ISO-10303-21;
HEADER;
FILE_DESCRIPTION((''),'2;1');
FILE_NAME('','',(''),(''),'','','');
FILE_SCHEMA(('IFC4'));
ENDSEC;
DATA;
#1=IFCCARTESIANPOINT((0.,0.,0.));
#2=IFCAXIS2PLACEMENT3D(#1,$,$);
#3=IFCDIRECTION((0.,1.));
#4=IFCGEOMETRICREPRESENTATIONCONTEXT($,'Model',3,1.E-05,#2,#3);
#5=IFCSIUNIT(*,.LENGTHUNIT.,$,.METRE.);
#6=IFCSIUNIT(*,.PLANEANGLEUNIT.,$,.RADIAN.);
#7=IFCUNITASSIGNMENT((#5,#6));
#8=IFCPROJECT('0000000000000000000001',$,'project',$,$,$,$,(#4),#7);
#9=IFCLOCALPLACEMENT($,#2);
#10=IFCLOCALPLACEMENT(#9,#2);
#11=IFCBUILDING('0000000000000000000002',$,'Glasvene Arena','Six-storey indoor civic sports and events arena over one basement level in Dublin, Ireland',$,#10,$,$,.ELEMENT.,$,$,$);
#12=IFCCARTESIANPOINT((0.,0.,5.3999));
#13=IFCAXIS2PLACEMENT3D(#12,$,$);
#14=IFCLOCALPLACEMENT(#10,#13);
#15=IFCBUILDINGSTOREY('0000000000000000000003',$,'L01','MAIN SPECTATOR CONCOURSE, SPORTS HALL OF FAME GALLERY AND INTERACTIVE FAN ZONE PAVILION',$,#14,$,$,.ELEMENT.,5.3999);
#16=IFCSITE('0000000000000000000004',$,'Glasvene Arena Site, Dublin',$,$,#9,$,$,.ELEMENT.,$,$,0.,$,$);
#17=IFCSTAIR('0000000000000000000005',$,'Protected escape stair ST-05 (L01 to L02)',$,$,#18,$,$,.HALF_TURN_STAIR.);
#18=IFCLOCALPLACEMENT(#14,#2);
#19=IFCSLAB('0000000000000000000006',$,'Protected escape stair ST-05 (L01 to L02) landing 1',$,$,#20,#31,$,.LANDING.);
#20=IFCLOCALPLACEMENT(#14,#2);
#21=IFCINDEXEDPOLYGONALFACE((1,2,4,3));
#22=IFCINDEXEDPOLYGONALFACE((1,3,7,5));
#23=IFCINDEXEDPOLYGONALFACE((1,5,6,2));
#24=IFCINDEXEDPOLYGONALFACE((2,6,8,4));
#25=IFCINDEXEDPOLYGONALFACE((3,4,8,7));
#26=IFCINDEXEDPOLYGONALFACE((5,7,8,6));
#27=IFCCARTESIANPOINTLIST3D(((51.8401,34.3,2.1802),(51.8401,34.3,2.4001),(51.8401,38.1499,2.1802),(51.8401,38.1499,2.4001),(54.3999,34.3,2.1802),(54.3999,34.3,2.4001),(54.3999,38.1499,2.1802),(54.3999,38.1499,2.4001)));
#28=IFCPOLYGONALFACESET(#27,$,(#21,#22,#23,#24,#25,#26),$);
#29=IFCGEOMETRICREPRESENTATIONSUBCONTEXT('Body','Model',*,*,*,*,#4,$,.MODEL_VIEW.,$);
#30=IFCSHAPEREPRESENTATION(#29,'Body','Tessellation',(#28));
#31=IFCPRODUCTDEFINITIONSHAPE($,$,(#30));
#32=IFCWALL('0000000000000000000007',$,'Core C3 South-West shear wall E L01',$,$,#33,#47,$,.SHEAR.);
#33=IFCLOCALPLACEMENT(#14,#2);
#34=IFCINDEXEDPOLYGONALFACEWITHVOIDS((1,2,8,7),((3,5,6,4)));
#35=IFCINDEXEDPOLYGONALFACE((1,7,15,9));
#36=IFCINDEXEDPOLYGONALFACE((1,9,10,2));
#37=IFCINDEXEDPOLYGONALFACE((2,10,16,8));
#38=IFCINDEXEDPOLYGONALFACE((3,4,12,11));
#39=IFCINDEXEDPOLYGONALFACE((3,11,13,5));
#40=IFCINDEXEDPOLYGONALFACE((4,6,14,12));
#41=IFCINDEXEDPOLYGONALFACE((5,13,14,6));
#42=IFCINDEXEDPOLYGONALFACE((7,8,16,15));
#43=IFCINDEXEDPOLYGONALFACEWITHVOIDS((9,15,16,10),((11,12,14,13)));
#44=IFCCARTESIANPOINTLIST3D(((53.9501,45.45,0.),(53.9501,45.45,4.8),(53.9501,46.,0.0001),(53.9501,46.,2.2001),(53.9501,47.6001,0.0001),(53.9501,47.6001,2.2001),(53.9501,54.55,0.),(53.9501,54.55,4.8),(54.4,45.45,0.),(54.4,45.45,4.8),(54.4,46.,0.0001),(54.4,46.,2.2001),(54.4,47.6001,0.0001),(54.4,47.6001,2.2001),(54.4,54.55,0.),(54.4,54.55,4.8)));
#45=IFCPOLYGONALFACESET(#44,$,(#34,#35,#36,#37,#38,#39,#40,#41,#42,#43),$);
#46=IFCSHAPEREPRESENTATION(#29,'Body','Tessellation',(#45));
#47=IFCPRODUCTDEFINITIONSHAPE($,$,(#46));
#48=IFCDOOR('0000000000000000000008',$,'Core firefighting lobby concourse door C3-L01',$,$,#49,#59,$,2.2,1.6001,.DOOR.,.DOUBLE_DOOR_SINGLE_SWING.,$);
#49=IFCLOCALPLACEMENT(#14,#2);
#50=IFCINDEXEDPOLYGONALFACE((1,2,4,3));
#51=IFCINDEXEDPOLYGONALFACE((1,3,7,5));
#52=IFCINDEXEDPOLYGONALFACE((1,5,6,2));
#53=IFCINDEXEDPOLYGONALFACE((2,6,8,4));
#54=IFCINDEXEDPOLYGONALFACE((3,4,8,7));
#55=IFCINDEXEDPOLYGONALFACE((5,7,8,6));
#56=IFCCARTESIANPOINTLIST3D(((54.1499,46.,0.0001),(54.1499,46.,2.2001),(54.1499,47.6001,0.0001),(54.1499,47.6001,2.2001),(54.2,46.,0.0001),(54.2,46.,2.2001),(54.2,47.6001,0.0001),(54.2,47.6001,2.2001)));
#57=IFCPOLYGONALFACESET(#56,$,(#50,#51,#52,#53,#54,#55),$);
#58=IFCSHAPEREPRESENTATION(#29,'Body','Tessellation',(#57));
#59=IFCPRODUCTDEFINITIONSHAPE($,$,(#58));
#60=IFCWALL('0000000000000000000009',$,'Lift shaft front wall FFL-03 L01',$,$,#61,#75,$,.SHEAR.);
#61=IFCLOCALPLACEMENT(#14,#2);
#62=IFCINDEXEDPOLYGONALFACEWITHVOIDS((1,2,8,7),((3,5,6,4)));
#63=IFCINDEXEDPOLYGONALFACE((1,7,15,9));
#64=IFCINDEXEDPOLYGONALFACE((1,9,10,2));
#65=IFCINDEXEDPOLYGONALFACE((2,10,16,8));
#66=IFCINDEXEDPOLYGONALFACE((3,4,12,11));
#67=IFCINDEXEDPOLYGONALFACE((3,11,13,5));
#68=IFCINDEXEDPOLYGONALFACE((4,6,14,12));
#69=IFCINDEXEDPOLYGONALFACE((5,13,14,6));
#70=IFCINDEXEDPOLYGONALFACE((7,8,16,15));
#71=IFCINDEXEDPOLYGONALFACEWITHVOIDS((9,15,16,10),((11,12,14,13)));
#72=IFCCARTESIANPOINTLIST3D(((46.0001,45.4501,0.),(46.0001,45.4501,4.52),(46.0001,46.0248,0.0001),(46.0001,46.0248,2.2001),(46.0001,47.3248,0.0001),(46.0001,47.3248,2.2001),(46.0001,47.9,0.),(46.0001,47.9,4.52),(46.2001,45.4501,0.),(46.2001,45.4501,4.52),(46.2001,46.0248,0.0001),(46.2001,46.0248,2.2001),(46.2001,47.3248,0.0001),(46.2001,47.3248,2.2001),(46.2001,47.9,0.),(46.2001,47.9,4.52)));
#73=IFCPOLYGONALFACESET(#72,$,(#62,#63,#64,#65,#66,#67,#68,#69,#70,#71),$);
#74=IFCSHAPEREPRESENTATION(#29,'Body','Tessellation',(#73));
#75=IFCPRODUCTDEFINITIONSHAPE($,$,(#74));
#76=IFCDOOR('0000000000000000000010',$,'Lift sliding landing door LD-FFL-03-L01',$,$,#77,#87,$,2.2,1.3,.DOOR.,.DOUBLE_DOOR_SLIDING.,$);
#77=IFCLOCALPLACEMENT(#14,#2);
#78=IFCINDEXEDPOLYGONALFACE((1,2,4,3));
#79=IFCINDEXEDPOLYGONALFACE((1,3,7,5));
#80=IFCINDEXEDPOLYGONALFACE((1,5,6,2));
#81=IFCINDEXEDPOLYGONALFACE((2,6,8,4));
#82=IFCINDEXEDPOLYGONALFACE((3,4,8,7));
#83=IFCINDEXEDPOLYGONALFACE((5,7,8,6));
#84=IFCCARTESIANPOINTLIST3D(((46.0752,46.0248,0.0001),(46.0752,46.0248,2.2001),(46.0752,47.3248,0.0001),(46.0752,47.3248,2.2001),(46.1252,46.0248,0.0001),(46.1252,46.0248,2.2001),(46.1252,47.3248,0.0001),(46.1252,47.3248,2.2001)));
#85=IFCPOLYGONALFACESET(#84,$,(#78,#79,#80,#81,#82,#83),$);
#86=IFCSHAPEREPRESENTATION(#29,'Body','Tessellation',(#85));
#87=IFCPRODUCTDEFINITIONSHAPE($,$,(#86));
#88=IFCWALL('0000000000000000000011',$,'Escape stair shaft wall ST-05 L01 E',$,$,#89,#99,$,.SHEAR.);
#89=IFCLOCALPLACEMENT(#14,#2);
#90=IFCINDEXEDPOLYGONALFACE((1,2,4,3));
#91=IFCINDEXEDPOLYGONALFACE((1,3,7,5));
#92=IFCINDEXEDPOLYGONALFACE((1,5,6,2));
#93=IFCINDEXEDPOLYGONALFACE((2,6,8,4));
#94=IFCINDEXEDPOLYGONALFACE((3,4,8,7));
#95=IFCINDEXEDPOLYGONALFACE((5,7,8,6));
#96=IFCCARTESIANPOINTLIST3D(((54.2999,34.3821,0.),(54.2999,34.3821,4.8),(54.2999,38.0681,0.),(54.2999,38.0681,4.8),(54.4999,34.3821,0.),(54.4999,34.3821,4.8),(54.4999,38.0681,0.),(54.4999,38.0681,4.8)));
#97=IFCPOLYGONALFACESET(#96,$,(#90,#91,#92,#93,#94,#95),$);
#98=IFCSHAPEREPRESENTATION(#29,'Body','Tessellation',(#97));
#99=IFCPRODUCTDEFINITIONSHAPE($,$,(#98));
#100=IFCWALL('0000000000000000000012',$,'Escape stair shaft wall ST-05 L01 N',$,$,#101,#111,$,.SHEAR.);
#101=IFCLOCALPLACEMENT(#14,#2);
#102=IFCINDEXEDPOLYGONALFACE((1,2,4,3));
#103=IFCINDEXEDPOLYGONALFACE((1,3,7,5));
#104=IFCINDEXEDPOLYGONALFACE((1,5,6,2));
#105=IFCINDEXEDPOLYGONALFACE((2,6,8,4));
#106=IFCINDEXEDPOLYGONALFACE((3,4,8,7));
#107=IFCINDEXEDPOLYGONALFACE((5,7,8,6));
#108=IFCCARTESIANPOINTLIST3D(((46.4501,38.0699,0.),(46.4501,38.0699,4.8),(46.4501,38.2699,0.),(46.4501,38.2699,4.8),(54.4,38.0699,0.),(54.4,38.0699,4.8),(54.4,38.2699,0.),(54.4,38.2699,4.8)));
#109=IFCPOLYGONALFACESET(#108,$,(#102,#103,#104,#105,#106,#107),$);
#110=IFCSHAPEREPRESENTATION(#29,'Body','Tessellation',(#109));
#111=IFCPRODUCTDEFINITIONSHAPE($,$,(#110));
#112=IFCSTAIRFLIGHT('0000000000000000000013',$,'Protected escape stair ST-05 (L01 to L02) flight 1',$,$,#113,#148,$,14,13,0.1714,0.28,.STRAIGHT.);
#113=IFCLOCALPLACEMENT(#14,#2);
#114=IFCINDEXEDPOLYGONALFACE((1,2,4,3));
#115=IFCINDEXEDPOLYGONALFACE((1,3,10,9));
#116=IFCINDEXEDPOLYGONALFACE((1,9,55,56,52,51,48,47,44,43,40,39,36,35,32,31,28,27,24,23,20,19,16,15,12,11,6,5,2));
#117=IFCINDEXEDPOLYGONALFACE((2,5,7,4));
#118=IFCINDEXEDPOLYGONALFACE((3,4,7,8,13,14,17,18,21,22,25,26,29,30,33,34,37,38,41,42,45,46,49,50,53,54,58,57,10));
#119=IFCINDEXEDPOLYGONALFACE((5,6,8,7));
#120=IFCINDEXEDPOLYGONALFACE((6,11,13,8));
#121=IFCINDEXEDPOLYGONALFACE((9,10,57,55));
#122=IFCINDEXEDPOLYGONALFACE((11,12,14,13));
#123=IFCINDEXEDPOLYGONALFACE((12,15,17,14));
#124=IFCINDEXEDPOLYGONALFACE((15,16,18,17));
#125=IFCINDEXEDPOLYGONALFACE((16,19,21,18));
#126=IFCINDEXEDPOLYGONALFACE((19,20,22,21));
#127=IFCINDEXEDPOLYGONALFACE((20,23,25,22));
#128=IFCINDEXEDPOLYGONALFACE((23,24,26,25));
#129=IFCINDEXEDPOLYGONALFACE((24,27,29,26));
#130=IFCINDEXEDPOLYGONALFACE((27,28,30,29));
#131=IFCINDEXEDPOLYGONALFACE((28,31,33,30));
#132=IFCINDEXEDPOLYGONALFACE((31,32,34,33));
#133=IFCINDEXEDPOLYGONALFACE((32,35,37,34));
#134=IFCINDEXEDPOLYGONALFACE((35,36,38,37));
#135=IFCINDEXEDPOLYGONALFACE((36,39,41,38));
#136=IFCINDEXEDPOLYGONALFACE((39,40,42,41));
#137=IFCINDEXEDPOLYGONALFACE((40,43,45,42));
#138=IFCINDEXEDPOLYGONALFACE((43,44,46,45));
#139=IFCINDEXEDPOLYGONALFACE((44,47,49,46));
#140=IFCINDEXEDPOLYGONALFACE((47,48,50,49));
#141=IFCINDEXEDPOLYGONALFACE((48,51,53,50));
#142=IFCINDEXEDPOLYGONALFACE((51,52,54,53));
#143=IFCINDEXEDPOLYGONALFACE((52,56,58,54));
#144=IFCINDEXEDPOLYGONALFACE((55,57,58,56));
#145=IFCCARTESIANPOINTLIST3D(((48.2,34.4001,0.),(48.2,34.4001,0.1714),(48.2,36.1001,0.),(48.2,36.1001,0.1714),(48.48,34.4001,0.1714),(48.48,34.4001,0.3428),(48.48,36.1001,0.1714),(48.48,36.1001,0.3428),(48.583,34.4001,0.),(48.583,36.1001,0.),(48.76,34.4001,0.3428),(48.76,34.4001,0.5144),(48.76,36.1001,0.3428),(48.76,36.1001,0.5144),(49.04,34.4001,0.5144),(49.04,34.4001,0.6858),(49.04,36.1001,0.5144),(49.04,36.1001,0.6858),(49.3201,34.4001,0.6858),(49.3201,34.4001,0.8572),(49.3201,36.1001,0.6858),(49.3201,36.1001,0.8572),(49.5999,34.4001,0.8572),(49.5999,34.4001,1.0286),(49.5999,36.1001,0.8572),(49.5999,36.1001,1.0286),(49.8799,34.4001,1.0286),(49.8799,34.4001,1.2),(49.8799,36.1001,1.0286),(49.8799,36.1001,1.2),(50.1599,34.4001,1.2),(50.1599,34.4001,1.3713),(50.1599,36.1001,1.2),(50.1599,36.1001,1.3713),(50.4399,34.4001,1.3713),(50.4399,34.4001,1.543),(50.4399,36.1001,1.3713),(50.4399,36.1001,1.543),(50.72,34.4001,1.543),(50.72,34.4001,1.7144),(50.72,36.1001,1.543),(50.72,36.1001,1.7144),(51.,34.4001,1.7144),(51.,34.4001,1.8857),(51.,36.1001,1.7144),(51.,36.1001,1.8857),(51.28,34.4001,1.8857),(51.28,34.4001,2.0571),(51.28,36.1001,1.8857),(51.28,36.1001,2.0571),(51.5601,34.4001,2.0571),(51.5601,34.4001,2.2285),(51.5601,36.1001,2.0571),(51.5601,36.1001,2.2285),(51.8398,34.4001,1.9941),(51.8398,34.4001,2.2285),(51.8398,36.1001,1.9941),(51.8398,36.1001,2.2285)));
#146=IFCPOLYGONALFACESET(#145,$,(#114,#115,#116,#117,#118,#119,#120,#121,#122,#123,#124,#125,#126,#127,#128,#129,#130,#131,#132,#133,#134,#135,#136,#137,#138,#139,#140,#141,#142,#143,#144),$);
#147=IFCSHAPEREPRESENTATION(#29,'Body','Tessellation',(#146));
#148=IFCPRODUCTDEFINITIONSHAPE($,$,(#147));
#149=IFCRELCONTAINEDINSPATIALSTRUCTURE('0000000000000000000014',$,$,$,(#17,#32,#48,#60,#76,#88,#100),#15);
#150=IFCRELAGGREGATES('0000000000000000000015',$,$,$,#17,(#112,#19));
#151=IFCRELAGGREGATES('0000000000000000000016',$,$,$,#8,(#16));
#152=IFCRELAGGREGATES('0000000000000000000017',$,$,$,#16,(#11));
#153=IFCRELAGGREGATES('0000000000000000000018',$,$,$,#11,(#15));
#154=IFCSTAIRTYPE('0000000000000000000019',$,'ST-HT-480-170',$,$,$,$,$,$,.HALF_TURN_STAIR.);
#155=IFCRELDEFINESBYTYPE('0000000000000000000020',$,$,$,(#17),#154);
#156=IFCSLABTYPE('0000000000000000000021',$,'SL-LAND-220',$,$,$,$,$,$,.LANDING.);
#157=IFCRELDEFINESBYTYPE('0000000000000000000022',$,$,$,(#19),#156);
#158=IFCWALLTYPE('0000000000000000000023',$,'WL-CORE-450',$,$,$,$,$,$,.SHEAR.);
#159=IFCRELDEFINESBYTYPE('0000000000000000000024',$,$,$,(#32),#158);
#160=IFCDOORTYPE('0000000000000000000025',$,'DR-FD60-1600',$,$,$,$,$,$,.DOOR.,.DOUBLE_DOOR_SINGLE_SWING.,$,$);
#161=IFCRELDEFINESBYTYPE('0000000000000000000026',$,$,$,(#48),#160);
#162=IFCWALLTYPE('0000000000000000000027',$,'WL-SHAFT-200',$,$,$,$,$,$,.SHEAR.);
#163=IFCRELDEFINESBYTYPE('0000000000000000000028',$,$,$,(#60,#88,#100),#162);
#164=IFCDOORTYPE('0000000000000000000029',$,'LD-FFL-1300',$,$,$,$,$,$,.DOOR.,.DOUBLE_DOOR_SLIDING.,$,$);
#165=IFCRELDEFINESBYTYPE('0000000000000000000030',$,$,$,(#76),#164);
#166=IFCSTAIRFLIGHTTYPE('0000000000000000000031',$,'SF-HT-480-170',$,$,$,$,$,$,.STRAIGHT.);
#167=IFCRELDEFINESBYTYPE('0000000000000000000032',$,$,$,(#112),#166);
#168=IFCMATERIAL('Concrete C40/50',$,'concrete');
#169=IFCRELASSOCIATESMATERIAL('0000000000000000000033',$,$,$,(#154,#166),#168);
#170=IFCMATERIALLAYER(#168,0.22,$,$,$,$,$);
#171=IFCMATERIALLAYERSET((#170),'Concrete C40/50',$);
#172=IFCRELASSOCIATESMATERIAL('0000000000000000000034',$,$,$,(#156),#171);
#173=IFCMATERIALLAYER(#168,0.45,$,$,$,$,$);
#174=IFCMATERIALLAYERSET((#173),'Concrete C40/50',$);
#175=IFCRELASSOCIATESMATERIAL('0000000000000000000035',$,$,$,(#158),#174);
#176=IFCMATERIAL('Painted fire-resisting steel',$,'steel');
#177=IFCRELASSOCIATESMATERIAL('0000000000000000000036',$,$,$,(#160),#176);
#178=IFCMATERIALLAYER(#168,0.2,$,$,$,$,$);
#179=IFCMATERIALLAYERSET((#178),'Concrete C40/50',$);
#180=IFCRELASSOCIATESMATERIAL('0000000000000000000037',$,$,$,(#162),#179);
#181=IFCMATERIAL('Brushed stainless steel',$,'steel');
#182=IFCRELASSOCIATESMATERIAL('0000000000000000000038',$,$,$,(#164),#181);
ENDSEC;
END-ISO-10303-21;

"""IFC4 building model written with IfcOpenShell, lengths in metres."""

from ifc_helpers import new_model, si_unit, direction, frame, frame_2d, origin, place, context, subcontext, project, spatial, polyline, rectangle, outline, extrude, material, layer, layer_set, type_object, element, fill, aggregate, save


model = new_model("IFC4")

# Units and contexts
model_context = context("Model", 3, precision=1e-05, world=origin(), true_north=direction((0.0, 1.0)))
body_context = subcontext(model_context, "Body", "Model", "MODEL_VIEW")
ifc_project = project(units=[si_unit("LENGTHUNIT", "METRE"), si_unit("PLANEANGLEUNIT", "RADIAN")], contexts=[model_context])

# Site, building, storey
site_placement = place(None, origin())
site = spatial("IfcSite", under=ifc_project, at=site_placement, Name="Glasvene Arena Site, Dublin", CompositionType="ELEMENT", RefElevation=0.0)
building_placement = place(site_placement, origin())
building = spatial("IfcBuilding", under=site, at=building_placement, Name="Glasvene Arena", Description="Six-storey indoor civic sports and events arena over one basement level in Dublin, Ireland", CompositionType="ELEMENT")
storey_placement = place(building_placement, frame((0.0, 0.0, 5.3999)))
storey = spatial("IfcBuildingStorey", under=building, at=storey_placement, Name="L01", Description="MAIN SPECTATOR CONCOURSE, SPORTS HALL OF FAME GALLERY AND INTERACTIVE FAN ZONE PAVILION", CompositionType="ELEMENT", Elevation=5.3999)

# Stair, slab
ifc_material_1 = material(Name="Concrete C40/50", Category="concrete")
stair_type = type_object("IfcStairType", Name="ST-HT-480-170", PredefinedType="HALF_TURN_STAIR", material=ifc_material_1)
stair_placement = place(storey_placement, origin())
stair = element("IfcStair", 1, at=stair_placement, inside=storey, type_object=stair_type, Name="Protected escape stair ST-05 (L01 to L02)", PredefinedType="HALF_TURN_STAIR")
ifc_layer_1 = layer(ifc_material_1, 0.22)
ifc_layer_set_1 = layer_set([ifc_layer_1], Name="Concrete C40/50")
slab_type = type_object("IfcSlabType", Name="SL-LAND-220", PredefinedType="LANDING", material=ifc_layer_set_1)
slab_placement = place(storey_placement, frame((53.1201, 36.2251, 2.1802)))
slab = element("IfcSlab", 2, at=slab_placement, type_object=slab_type, Name="Protected escape stair ST-05 (L01 to L02) landing 1", PredefinedType="LANDING", context=body_context, shape_type="SweptSolid", body=[
    extrude(outline(polyline([(-1.28, -1.925), (1.2798, -1.925), (1.2798, 1.9248), (-1.28, 1.9248), (-1.28, -1.925)])), origin(), (0.0, 0.0, 1.0), 0.22),
])

# Walls, openings, doors
ifc_layer_2 = layer(ifc_material_1, 0.45)
ifc_layer_set_2 = layer_set([ifc_layer_2], Name="Concrete C40/50")
wall_type_1 = type_object("IfcWallType", Name="WL-CORE-450", PredefinedType="SHEAR", material=ifc_layer_set_2)
wall_1_placement = place(storey_placement, frame((54.175, 45.45, 0.0), z_axis=(0.0, 0.0, 1.0), x_axis=(0.0, 1.0, 0.0)))
wall_1 = element("IfcWall", 3, at=wall_1_placement, inside=storey, type_object=wall_type_1, Name="Core C3 South-West shear wall E L01", PredefinedType="SHEAR", context=body_context, shape_type="SweptSolid", body=[
    extrude(rectangle(XDim=9.1001, YDim=0.45, at=frame_2d((4.55, 0.0))), origin(), (0.0, 0.0, 1.0), 4.8),
])
opening_1_placement = place(wall_1_placement, frame((0.55, 0.0, 0.0)))
opening_1 = element("IfcOpeningElement", 4, at=opening_1_placement, cuts=wall_1, PredefinedType="OPENING", context=body_context, shape_type="SweptSolid", body=[
    extrude(rectangle(XDim=1.6001, YDim=2.2, at=frame_2d((0.8, 1.1001))), frame((0.0, 0.2349, 0.0), z_axis=(0.0, -1.0, 0.0), x_axis=(1.0, 0.0, 0.0)), (0.0, 0.0, 1.0), 0.47),
])
ifc_material_2 = material(Name="Painted fire-resisting steel", Category="steel")
door_type_1 = type_object("IfcDoorType", Name="DR-FD60-1600", OperationType="DOUBLE_DOOR_SINGLE_SWING", PredefinedType="DOOR", material=ifc_material_2)
door_1_placement = place(opening_1_placement, frame((1.6001, 0.0, 0.0), z_axis=(0.0, 0.0, 1.0), x_axis=(-1.0, 0.0, 0.0)))
door_1 = element("IfcDoor", 5, at=door_1_placement, inside=storey, type_object=door_type_1, Name="Core firefighting lobby concourse door C3-L01", OperationType="DOUBLE_DOOR_SINGLE_SWING", OverallHeight=2.2, OverallWidth=1.6001, PredefinedType="DOOR", context=body_context, shape_type="SweptSolid", body=[
    extrude(rectangle(XDim=1.6001, YDim=2.2, at=frame_2d((0.8, 1.1001))), frame((0.0, 0.0249, 0.0), z_axis=(0.0, -1.0, 0.0), x_axis=(1.0, 0.0, 0.0)), (0.0, 0.0, 1.0), 0.05),
])
fill(opening_1, door_1)
ifc_layer_3 = layer(ifc_material_1, 0.2)
ifc_layer_set_3 = layer_set([ifc_layer_3], Name="Concrete C40/50")
wall_type_2 = type_object("IfcWallType", Name="WL-SHAFT-200", PredefinedType="SHEAR", material=ifc_layer_set_3)
wall_2_placement = place(storey_placement, frame((46.1001, 45.45, 0.0), z_axis=(0.0, 0.0, 1.0), x_axis=(0.0, 1.0, 0.0)))
wall_2 = element("IfcWall", 6, at=wall_2_placement, inside=storey, type_object=wall_type_2, Name="Lift shaft front wall FFL-03 L01", PredefinedType="SHEAR", context=body_context, shape_type="SweptSolid", body=[
    extrude(rectangle(XDim=2.45, YDim=0.2, at=frame_2d((1.2251, 0.0))), origin(), (0.0, 0.0, 1.0), 4.52),
])
opening_2_placement = place(wall_2_placement, frame((0.575, 0.0, 0.0)))
opening_2 = element("IfcOpeningElement", 7, at=opening_2_placement, cuts=wall_2, PredefinedType="OPENING", context=body_context, shape_type="SweptSolid", body=[
    extrude(rectangle(XDim=1.3, YDim=2.2, at=frame_2d((0.6499, 1.1001))), frame((0.0, 0.1099, 0.0), z_axis=(0.0, -1.0, 0.0), x_axis=(1.0, 0.0, 0.0)), (0.0, 0.0, 1.0), 0.22),
])
ifc_material_3 = material(Name="Brushed stainless steel", Category="steel")
door_type_2 = type_object("IfcDoorType", Name="LD-FFL-1300", OperationType="DOUBLE_DOOR_SLIDING", PredefinedType="DOOR", material=ifc_material_3)
door_2_placement = place(opening_2_placement, origin())
door_2 = element("IfcDoor", 8, at=door_2_placement, inside=storey, type_object=door_type_2, Name="Lift sliding landing door LD-FFL-03-L01", OperationType="DOUBLE_DOOR_SLIDING", OverallHeight=2.2, OverallWidth=1.3, PredefinedType="DOOR", context=body_context, shape_type="SweptSolid", body=[
    extrude(rectangle(XDim=1.3, YDim=2.2, at=frame_2d((0.6499, 1.1001))), frame((0.0, 0.0249, 0.0), z_axis=(0.0, -1.0, 0.0), x_axis=(1.0, 0.0, 0.0)), (0.0, 0.0, 1.0), 0.05),
])
fill(opening_2, door_2)

# Walls
wall_3_placement = place(storey_placement, frame((54.3999, 34.3821, 0.0), z_axis=(0.0, 0.0, 1.0), x_axis=(0.0, 1.0, 0.0)))
element("IfcWall", 9, at=wall_3_placement, inside=storey, type_object=wall_type_2, Name="Escape stair shaft wall ST-05 L01 E", PredefinedType="SHEAR", context=body_context, shape_type="SweptSolid", body=[
    extrude(rectangle(XDim=3.686, YDim=0.2, at=frame_2d((1.843, 0.0))), origin(), (0.0, 0.0, 1.0), 4.8),
])
wall_4_placement = place(storey_placement, frame((46.45, 38.1699, 0.0), z_axis=(0.0, 0.0, 1.0), x_axis=(1.0, 0.0, 0.0)))
element("IfcWall", 10, at=wall_4_placement, inside=storey, type_object=wall_type_2, Name="Escape stair shaft wall ST-05 L01 N", PredefinedType="SHEAR", context=body_context, shape_type="SweptSolid", body=[
    extrude(rectangle(XDim=7.95, YDim=0.2, at=frame_2d((3.9751, 0.0))), origin(), (0.0, 0.0, 1.0), 4.8),
])

# Stair flight
stair_flight_type = type_object("IfcStairFlightType", Name="SF-HT-480-170", PredefinedType="STRAIGHT", material=ifc_material_1)
stair_flight_1_placement = place(storey_placement, frame((48.2, 35.25, 0.0), z_axis=(0.0, 0.0, 1.0), x_axis=(1.0, 0.0, 0.0)))
stair_flight_1 = element("IfcStairFlight", 11, at=stair_flight_1_placement, type_object=stair_flight_type, Name="Protected escape stair ST-05 (L01 to L02) flight 1", NumberOfRisers=14, NumberOfTreads=13, PredefinedType="STRAIGHT", RiserHeight=0.1714, TreadLength=0.28, context=body_context, shape_type="SweptSolid", body=[
    extrude(outline(polyline([(0.0, 0.0), (0.0, 0.1714), (0.28, 0.1714), (0.28, 0.3428), (0.5601, 0.3428), (0.5601, 0.5144), (0.8401, 0.5144), (0.8401, 0.6858), (1.1201, 0.6858), (1.1201, 0.8572), (1.3999, 0.8572), (1.3999, 1.0286), (1.6799, 1.0286), (1.6799, 1.2), (1.96, 1.2), (1.96, 1.3713), (2.24, 1.3713), (2.24, 1.543), (2.52, 1.543), (2.52, 1.7144), (2.8, 1.7144), (2.8, 1.8857), (3.0801, 1.8857), (3.0801, 2.0571), (3.3601, 2.0571), (3.3601, 2.2285), (3.6399, 2.2285), (3.6399, 2.3999), (3.6399, 1.9941), (0.3831, 0.0), (0.0, 0.0)])), frame((0.0, 0.8501, 0.0), z_axis=(0.0, -1.0, 0.0), x_axis=(1.0, 0.0, 0.0)), (0.0, 0.0, 1.0), 1.7),
])
aggregate(stair, [stair_flight_1, slab])

save(model, "model.ifc")
